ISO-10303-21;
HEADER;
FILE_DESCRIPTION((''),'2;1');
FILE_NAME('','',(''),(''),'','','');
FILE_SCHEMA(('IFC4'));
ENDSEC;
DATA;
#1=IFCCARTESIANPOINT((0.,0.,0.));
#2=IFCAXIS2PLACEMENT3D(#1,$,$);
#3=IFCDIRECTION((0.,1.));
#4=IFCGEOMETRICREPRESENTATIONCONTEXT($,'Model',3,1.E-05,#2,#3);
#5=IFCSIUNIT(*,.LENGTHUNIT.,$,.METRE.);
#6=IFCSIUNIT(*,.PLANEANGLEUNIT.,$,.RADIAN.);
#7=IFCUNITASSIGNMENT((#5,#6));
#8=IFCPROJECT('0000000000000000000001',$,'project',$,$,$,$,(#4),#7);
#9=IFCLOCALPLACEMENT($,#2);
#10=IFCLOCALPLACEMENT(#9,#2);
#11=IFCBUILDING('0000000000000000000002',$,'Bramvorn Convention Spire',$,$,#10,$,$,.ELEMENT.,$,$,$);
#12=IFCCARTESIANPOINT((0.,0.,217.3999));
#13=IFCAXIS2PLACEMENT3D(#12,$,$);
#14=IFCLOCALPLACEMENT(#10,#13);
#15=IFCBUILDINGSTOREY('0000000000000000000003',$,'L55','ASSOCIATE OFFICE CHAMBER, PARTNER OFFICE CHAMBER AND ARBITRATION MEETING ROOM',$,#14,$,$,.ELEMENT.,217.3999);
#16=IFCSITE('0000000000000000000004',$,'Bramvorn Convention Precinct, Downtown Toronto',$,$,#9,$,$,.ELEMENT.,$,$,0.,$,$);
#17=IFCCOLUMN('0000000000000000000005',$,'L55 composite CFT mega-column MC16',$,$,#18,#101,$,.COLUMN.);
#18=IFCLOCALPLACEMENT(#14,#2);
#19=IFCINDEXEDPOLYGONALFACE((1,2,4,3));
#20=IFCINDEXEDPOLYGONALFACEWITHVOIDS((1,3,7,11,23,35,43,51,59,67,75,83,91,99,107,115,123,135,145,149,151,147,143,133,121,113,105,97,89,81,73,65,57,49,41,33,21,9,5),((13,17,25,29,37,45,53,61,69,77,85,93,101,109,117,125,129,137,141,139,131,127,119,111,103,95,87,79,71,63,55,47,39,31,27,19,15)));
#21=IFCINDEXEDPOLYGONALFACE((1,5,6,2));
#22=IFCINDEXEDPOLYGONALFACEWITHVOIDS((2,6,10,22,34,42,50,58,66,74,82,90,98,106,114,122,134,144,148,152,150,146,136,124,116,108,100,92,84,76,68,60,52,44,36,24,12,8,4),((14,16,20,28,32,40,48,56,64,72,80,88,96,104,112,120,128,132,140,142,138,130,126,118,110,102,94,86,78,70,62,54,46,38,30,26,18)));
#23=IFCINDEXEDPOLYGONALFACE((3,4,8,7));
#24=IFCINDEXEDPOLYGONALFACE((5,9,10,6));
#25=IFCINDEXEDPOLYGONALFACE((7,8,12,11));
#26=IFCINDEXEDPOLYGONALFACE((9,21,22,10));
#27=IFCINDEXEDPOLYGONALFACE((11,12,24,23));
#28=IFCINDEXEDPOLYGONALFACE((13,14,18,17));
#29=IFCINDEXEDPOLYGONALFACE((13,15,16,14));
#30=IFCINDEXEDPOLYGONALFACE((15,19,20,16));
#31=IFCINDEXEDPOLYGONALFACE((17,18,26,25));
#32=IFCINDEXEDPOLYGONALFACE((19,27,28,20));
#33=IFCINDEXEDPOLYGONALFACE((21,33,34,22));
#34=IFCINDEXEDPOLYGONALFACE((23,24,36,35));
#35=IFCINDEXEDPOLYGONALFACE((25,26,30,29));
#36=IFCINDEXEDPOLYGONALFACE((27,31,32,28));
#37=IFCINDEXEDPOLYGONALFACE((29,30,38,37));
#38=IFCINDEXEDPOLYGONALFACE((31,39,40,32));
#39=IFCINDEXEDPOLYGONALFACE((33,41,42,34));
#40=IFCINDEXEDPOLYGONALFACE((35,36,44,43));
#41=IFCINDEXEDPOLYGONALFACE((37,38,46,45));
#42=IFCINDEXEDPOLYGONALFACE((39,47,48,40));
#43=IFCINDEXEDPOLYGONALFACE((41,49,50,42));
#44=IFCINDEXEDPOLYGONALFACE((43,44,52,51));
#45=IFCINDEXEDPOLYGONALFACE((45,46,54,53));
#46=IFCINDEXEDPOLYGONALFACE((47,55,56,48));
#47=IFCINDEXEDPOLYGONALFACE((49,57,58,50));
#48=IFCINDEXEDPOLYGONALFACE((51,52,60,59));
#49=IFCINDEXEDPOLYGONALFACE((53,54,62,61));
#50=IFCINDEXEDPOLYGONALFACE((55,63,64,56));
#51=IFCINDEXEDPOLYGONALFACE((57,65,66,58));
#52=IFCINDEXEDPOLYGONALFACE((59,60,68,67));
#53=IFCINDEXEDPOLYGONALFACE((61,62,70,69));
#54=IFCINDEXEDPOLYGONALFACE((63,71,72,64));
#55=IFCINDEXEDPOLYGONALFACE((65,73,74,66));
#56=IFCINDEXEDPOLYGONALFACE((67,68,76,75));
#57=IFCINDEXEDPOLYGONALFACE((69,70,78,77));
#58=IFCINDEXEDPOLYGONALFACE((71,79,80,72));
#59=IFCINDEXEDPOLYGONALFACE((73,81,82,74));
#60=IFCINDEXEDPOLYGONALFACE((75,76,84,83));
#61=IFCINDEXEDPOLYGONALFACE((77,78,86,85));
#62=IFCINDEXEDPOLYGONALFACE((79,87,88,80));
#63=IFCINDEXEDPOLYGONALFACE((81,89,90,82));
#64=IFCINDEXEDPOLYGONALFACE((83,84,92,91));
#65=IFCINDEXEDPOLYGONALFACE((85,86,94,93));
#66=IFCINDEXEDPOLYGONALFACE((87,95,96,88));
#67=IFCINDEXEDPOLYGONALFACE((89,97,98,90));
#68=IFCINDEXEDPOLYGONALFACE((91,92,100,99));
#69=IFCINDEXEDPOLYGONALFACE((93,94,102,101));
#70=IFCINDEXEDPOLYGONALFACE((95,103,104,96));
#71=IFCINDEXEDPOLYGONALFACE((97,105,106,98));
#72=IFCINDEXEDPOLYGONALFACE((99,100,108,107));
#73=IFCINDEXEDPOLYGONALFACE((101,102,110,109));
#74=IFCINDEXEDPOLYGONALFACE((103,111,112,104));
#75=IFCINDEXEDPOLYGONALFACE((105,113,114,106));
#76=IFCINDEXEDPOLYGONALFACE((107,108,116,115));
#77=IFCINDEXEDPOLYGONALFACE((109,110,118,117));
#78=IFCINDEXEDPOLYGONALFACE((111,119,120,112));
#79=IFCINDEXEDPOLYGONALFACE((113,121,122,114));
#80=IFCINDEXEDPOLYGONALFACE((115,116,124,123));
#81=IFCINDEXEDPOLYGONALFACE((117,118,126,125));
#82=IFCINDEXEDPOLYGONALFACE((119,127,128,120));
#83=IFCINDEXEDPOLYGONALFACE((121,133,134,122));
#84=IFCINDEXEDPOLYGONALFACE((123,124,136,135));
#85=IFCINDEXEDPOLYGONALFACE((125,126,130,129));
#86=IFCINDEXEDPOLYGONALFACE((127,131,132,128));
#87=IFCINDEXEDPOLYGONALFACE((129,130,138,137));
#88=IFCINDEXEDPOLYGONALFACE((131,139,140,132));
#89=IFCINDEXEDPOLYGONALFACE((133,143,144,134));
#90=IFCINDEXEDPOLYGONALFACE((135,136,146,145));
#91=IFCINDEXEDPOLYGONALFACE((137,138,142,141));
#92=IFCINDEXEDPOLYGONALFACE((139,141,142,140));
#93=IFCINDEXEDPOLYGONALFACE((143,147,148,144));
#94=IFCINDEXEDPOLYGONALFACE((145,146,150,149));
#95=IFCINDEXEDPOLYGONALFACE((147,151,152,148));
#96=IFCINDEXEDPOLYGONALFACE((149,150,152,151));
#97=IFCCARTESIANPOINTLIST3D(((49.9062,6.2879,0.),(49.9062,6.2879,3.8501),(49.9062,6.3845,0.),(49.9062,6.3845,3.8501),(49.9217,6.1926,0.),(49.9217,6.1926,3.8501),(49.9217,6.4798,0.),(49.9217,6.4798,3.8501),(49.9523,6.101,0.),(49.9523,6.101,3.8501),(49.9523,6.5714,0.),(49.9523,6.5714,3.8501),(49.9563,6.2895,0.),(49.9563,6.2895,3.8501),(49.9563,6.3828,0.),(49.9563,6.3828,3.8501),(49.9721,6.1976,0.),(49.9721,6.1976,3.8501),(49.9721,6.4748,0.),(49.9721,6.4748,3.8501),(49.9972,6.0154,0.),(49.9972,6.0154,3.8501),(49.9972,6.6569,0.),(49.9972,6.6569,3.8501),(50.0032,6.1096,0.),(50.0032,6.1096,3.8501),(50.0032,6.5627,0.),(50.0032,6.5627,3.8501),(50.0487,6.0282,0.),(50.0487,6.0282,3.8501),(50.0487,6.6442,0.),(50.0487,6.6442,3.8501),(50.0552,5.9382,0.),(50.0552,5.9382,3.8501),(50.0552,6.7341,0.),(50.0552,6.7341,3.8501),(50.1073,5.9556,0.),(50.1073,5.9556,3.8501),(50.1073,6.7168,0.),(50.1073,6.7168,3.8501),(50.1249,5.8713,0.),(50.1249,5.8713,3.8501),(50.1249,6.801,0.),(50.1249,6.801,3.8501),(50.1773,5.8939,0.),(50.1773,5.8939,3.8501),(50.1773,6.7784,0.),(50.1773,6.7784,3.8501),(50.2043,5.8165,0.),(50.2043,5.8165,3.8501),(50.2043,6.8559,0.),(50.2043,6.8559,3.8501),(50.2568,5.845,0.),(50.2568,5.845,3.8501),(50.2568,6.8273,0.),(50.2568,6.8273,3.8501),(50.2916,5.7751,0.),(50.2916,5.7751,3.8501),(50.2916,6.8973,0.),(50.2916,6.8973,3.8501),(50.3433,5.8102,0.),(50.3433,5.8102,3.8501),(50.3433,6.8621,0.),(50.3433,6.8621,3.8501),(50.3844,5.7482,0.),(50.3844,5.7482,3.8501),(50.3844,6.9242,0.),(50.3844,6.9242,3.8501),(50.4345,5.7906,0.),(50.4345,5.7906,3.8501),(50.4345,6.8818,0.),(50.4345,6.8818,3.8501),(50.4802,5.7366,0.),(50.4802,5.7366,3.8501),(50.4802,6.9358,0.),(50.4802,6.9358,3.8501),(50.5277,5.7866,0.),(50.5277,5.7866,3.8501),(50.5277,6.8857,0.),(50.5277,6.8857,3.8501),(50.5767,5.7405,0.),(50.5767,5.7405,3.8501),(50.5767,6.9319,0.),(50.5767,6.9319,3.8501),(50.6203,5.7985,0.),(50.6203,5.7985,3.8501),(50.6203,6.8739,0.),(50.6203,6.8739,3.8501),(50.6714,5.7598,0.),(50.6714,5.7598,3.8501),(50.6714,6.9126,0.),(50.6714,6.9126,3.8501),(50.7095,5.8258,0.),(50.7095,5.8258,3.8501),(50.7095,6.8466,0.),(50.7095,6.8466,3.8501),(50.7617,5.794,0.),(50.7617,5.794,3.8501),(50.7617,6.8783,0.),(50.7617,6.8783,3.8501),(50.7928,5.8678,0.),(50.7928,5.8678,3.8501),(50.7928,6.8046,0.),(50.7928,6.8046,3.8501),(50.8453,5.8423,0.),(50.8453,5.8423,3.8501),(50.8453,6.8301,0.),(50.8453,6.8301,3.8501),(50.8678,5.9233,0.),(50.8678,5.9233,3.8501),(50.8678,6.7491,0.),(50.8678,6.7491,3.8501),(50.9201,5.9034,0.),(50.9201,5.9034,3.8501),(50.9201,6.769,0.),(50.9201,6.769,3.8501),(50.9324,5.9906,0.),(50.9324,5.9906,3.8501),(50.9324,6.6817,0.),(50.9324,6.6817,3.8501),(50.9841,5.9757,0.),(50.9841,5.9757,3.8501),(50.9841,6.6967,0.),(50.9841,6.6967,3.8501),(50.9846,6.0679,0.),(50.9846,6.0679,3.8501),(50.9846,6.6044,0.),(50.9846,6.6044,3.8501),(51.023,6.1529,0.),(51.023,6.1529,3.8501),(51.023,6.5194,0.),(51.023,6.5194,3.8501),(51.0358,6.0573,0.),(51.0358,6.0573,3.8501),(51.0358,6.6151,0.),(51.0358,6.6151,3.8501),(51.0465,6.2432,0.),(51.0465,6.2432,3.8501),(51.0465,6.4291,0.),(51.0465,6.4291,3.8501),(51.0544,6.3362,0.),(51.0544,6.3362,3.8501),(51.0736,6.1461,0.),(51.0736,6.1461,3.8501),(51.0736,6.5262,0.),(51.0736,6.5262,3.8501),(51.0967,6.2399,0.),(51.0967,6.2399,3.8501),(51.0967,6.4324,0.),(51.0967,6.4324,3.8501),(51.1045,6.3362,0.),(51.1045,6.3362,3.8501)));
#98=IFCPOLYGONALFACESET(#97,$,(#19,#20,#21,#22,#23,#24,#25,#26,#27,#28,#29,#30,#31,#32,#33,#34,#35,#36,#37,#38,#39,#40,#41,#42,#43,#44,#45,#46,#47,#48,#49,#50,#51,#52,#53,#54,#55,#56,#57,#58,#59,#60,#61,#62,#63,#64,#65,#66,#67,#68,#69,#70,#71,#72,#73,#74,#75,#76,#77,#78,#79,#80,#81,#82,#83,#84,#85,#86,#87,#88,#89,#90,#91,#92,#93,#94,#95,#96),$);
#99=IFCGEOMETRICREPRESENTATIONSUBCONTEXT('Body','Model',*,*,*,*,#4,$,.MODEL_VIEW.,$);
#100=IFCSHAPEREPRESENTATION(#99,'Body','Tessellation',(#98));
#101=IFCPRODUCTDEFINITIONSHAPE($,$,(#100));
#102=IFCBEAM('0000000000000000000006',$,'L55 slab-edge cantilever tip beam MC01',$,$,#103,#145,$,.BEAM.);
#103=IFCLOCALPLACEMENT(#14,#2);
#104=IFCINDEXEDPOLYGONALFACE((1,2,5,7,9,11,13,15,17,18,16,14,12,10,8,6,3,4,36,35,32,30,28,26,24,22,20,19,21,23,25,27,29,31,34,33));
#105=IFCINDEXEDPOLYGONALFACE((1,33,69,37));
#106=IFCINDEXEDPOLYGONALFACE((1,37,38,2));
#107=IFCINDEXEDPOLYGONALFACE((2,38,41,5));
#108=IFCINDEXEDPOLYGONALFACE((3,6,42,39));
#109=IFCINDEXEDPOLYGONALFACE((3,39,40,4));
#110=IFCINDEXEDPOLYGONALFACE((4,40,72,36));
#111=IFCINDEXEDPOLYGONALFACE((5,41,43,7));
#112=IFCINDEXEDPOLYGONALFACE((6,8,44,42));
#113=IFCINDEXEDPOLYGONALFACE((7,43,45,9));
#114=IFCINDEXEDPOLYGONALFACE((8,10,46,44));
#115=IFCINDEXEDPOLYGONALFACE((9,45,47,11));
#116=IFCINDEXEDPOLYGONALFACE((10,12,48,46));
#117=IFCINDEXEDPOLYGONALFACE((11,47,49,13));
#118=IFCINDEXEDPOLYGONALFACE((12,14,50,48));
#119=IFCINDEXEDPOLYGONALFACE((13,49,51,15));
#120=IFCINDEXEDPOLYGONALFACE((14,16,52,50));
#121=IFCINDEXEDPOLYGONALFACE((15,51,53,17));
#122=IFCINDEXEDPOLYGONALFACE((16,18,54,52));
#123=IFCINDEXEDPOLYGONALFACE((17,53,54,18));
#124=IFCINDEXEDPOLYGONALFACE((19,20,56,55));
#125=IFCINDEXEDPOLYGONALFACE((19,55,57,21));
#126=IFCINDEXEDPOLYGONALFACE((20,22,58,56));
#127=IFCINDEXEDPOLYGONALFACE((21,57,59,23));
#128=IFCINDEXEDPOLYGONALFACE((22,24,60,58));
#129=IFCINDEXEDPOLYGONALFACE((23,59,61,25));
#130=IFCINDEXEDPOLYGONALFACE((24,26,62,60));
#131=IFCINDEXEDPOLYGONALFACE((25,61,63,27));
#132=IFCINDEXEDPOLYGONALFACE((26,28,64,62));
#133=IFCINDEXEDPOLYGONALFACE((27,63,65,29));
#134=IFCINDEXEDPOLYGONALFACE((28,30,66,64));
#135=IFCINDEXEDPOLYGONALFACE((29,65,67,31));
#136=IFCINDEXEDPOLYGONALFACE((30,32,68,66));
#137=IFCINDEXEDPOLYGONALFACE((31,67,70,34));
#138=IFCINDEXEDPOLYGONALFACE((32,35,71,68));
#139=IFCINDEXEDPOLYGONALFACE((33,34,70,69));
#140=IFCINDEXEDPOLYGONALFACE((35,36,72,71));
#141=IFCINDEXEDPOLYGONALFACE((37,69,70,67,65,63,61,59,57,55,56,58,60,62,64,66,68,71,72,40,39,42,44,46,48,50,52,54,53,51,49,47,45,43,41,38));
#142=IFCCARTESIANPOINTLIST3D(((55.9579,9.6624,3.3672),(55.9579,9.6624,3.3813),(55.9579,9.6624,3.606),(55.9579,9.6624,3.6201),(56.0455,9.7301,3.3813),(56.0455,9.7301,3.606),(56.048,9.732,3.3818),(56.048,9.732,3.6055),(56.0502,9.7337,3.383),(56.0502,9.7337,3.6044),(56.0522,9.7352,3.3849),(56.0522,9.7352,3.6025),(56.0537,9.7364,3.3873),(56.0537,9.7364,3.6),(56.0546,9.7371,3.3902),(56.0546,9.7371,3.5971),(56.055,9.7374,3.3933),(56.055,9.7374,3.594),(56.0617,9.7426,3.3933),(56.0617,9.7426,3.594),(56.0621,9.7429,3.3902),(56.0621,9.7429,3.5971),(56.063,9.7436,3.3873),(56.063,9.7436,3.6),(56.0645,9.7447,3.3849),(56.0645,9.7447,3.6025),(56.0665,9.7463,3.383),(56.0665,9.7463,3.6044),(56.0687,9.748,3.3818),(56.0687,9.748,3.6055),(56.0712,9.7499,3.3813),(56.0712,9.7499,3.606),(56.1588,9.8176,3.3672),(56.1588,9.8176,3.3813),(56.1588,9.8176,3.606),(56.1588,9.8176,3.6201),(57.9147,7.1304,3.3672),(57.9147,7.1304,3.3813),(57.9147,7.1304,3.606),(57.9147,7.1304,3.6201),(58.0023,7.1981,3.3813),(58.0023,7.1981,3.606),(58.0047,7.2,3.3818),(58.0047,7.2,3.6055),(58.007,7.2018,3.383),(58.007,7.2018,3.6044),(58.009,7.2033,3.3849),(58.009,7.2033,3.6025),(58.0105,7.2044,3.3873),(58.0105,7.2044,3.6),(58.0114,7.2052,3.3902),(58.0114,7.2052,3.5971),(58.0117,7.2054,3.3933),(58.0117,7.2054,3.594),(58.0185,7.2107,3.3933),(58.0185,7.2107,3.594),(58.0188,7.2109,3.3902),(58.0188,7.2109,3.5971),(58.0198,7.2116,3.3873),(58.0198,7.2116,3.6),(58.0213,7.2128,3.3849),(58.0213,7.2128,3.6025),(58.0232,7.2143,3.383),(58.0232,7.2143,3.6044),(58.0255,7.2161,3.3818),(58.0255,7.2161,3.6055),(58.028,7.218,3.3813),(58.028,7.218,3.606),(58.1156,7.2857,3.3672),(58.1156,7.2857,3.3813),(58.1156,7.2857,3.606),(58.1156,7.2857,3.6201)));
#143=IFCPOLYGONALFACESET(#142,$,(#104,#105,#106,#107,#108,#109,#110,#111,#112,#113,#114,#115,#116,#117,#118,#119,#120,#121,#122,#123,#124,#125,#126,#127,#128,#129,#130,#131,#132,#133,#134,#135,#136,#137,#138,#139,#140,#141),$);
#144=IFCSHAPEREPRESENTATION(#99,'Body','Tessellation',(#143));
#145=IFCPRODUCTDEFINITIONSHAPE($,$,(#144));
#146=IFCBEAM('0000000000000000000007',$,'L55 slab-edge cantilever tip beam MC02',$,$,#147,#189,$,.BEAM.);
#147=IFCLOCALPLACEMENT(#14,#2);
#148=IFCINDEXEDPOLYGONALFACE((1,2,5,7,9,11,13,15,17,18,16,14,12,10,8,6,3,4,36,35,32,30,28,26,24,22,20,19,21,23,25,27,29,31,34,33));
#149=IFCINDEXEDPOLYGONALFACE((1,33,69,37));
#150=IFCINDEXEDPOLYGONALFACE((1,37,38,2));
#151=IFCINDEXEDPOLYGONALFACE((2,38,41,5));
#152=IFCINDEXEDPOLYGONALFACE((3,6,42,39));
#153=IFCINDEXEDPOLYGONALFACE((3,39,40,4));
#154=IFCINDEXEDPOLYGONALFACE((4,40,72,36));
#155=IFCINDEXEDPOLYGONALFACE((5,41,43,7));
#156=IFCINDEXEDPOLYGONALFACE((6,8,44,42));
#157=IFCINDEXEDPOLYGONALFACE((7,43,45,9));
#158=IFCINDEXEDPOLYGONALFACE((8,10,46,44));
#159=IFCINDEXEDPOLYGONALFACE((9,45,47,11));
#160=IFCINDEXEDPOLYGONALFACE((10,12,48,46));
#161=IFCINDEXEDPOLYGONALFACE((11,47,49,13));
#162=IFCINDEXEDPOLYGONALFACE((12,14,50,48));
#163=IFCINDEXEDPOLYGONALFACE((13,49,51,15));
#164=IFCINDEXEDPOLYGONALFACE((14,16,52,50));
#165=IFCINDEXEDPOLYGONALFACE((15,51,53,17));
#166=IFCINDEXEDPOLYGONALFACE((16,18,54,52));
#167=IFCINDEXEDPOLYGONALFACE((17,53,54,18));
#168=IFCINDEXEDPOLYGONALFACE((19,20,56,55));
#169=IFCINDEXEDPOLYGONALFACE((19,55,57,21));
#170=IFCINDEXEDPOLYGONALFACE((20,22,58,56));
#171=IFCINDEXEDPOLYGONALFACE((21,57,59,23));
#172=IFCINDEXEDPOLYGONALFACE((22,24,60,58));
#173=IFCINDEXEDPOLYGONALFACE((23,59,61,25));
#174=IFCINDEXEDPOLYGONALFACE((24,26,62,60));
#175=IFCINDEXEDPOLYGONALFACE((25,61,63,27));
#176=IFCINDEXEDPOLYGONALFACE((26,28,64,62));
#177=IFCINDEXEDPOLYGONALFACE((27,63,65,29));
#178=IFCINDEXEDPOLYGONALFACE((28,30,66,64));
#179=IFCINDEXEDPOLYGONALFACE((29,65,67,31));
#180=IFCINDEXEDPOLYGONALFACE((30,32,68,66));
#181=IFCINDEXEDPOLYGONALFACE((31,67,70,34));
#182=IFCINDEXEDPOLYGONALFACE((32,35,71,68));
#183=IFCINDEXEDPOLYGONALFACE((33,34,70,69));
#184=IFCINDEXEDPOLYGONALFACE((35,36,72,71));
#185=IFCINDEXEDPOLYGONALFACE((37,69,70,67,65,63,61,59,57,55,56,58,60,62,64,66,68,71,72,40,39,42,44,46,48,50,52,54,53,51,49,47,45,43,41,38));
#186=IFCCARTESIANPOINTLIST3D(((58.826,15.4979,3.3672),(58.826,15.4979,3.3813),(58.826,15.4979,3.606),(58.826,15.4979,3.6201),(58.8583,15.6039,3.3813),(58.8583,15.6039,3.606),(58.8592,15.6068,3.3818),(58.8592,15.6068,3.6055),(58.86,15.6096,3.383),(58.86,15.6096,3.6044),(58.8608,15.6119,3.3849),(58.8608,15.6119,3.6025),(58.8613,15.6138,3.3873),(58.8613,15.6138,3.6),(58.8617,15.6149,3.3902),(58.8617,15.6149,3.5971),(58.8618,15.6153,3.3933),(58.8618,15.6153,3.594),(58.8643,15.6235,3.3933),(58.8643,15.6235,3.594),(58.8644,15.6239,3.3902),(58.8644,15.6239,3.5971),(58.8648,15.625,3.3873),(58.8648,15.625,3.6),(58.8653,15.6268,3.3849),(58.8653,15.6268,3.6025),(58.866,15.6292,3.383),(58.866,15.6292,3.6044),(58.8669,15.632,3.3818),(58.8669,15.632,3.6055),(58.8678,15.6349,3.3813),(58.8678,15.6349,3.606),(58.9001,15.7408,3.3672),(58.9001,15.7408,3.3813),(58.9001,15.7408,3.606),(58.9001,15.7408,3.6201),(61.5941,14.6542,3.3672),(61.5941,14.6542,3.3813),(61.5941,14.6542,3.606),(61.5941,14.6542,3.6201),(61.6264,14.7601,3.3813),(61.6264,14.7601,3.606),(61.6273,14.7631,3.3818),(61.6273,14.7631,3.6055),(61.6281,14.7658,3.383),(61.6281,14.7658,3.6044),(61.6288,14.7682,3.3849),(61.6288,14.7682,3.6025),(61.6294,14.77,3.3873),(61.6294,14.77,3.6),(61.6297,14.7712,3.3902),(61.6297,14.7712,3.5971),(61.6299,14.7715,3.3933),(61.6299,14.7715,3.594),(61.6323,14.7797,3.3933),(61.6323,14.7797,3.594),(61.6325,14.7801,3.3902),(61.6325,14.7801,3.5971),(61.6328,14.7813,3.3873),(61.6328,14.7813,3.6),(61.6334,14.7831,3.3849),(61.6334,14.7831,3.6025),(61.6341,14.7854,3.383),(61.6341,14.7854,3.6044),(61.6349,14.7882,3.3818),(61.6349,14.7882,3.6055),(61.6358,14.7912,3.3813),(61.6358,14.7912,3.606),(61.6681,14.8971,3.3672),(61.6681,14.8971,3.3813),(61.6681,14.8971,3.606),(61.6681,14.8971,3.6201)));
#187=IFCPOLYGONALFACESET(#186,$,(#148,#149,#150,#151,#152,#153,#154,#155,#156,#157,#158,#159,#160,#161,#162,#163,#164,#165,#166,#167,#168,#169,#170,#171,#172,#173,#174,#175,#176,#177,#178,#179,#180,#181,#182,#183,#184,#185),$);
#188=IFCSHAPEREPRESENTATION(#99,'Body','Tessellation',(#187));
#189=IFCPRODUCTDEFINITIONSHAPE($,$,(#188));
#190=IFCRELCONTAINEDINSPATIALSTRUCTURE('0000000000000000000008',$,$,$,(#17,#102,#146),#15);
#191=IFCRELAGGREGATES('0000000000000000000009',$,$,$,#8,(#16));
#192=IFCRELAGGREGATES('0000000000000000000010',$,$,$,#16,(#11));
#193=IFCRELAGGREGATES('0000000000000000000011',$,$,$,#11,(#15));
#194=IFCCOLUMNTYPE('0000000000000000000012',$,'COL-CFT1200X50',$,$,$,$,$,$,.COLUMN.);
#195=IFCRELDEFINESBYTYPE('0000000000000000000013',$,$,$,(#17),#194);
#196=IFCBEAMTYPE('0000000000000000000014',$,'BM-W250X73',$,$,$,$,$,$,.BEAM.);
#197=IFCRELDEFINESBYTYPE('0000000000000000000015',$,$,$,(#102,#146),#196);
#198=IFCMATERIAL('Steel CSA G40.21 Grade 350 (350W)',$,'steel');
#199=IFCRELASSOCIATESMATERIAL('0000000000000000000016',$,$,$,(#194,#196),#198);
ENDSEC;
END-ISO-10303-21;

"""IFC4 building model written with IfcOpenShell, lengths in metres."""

from ifc_helpers import new_model, si_unit, direction, frame, origin, origin_2d, place, context, subcontext, project, spatial, hollow_circle, i_section, extrude, material, material_profile, profile_set, type_object, element, save


model = new_model("IFC4")

# Units and contexts
model_context = context("Model", 3, precision=1e-05, world=origin(), true_north=direction((0.0, 1.0)))
body_context = subcontext(model_context, "Body", "Model", "MODEL_VIEW")
ifc_project = project(units=[si_unit("LENGTHUNIT", "METRE"), si_unit("PLANEANGLEUNIT", "RADIAN")], contexts=[model_context])

# Site, building, storey
site_placement = place(None, origin())
site = spatial("IfcSite", under=ifc_project, at=site_placement, Name="Bramvorn Convention Precinct, Downtown Toronto", CompositionType="ELEMENT", RefElevation=0.0)
building_placement = place(site_placement, origin())
building = spatial("IfcBuilding", under=site, at=building_placement, Name="Bramvorn Convention Spire", CompositionType="ELEMENT")
storey_placement = place(building_placement, frame((0.0, 0.0, 217.3999)))
storey = spatial("IfcBuildingStorey", under=building, at=storey_placement, Name="L55", Description="ASSOCIATE OFFICE CHAMBER, PARTNER OFFICE CHAMBER AND ARBITRATION MEETING ROOM", CompositionType="ELEMENT", Elevation=217.3999)

# Column
ifc_material_1 = material(Name="Steel CSA G40.21 Grade 350 (350W)", Category="steel")
ifc_material_profile_1 = material_profile(ifc_material_1, hollow_circle(Radius=0.6001, WallThickness=0.05, at=origin_2d()))
ifc_profile_set_1 = profile_set([ifc_material_profile_1], Name="Steel CSA G40.21 Grade 350 (350W) - CFT1200X50")
column_type = type_object("IfcColumnType", Name="COL-CFT1200X50", PredefinedType="COLUMN", material=ifc_profile_set_1)
for number, where, z_axis, x_axis, name in (
    (1, (50.5044, 6.3362, 0.0), (0.0, 0.0, 1.0), (1.0, 0.0, 0.0), "L55 composite CFT mega-column MC16"),
):
    element("IfcColumn", number, at=place(storey_placement, frame(where, z_axis=z_axis, x_axis=x_axis)), inside=storey, type_object=column_type, Name=name, PredefinedType="COLUMN", context=body_context, shape_type="SweptSolid", body=[
        extrude(hollow_circle(Radius=0.6001, WallThickness=0.05, at=origin_2d()), origin(), (0.0, 0.0, 1.0), 3.8501),
    ])

# Beams
ifc_material_profile_2 = material_profile(ifc_material_1, i_section(OverallWidth=0.2539, OverallDepth=0.2529, WebThickness=0.0085, FlangeThickness=0.0142, FilletRadius=0.012, at=origin_2d()))
ifc_profile_set_2 = profile_set([ifc_material_profile_2], Name="Steel CSA G40.21 Grade 350 (350W) - W250X73")
beam_type_1 = type_object("IfcBeamType", Name="BM-W250X73", PredefinedType="BEAM", material=ifc_profile_set_2)
beam_1_placement = place(storey_placement, frame((56.0583, 9.74, 3.4937), z_axis=(0.611497, -0.791246, 0.0), x_axis=(0.791246, 0.611497, 0.0)))
element("IfcBeam", 2, at=beam_1_placement, inside=storey, type_object=beam_type_1, Name="L55 slab-edge cantilever tip beam MC01", PredefinedType="BEAM", context=body_context, shape_type="SweptSolid", body=[
    extrude(i_section(OverallWidth=0.2539, OverallDepth=0.2529, WebThickness=0.0085, FlangeThickness=0.0142, FilletRadius=0.012, at=origin_2d()), origin(), (0.0, 0.0, 1.0), 3.2),
])
beam_2_placement = place(storey_placement, frame((58.863, 15.6194, 3.4937), z_axis=(0.956549, -0.291571, 0.0), x_axis=(0.291571, 0.956549, 0.0)))
element("IfcBeam", 3, at=beam_2_placement, inside=storey, type_object=beam_type_1, Name="L55 slab-edge cantilever tip beam MC02", PredefinedType="BEAM", context=body_context, shape_type="SweptSolid", body=[
    extrude(i_section(OverallWidth=0.2539, OverallDepth=0.2529, WebThickness=0.0085, FlangeThickness=0.0142, FilletRadius=0.012, at=origin_2d()), origin(), (0.0, 0.0, 1.0), 2.8938),
])

save(model, "model.ifc")
